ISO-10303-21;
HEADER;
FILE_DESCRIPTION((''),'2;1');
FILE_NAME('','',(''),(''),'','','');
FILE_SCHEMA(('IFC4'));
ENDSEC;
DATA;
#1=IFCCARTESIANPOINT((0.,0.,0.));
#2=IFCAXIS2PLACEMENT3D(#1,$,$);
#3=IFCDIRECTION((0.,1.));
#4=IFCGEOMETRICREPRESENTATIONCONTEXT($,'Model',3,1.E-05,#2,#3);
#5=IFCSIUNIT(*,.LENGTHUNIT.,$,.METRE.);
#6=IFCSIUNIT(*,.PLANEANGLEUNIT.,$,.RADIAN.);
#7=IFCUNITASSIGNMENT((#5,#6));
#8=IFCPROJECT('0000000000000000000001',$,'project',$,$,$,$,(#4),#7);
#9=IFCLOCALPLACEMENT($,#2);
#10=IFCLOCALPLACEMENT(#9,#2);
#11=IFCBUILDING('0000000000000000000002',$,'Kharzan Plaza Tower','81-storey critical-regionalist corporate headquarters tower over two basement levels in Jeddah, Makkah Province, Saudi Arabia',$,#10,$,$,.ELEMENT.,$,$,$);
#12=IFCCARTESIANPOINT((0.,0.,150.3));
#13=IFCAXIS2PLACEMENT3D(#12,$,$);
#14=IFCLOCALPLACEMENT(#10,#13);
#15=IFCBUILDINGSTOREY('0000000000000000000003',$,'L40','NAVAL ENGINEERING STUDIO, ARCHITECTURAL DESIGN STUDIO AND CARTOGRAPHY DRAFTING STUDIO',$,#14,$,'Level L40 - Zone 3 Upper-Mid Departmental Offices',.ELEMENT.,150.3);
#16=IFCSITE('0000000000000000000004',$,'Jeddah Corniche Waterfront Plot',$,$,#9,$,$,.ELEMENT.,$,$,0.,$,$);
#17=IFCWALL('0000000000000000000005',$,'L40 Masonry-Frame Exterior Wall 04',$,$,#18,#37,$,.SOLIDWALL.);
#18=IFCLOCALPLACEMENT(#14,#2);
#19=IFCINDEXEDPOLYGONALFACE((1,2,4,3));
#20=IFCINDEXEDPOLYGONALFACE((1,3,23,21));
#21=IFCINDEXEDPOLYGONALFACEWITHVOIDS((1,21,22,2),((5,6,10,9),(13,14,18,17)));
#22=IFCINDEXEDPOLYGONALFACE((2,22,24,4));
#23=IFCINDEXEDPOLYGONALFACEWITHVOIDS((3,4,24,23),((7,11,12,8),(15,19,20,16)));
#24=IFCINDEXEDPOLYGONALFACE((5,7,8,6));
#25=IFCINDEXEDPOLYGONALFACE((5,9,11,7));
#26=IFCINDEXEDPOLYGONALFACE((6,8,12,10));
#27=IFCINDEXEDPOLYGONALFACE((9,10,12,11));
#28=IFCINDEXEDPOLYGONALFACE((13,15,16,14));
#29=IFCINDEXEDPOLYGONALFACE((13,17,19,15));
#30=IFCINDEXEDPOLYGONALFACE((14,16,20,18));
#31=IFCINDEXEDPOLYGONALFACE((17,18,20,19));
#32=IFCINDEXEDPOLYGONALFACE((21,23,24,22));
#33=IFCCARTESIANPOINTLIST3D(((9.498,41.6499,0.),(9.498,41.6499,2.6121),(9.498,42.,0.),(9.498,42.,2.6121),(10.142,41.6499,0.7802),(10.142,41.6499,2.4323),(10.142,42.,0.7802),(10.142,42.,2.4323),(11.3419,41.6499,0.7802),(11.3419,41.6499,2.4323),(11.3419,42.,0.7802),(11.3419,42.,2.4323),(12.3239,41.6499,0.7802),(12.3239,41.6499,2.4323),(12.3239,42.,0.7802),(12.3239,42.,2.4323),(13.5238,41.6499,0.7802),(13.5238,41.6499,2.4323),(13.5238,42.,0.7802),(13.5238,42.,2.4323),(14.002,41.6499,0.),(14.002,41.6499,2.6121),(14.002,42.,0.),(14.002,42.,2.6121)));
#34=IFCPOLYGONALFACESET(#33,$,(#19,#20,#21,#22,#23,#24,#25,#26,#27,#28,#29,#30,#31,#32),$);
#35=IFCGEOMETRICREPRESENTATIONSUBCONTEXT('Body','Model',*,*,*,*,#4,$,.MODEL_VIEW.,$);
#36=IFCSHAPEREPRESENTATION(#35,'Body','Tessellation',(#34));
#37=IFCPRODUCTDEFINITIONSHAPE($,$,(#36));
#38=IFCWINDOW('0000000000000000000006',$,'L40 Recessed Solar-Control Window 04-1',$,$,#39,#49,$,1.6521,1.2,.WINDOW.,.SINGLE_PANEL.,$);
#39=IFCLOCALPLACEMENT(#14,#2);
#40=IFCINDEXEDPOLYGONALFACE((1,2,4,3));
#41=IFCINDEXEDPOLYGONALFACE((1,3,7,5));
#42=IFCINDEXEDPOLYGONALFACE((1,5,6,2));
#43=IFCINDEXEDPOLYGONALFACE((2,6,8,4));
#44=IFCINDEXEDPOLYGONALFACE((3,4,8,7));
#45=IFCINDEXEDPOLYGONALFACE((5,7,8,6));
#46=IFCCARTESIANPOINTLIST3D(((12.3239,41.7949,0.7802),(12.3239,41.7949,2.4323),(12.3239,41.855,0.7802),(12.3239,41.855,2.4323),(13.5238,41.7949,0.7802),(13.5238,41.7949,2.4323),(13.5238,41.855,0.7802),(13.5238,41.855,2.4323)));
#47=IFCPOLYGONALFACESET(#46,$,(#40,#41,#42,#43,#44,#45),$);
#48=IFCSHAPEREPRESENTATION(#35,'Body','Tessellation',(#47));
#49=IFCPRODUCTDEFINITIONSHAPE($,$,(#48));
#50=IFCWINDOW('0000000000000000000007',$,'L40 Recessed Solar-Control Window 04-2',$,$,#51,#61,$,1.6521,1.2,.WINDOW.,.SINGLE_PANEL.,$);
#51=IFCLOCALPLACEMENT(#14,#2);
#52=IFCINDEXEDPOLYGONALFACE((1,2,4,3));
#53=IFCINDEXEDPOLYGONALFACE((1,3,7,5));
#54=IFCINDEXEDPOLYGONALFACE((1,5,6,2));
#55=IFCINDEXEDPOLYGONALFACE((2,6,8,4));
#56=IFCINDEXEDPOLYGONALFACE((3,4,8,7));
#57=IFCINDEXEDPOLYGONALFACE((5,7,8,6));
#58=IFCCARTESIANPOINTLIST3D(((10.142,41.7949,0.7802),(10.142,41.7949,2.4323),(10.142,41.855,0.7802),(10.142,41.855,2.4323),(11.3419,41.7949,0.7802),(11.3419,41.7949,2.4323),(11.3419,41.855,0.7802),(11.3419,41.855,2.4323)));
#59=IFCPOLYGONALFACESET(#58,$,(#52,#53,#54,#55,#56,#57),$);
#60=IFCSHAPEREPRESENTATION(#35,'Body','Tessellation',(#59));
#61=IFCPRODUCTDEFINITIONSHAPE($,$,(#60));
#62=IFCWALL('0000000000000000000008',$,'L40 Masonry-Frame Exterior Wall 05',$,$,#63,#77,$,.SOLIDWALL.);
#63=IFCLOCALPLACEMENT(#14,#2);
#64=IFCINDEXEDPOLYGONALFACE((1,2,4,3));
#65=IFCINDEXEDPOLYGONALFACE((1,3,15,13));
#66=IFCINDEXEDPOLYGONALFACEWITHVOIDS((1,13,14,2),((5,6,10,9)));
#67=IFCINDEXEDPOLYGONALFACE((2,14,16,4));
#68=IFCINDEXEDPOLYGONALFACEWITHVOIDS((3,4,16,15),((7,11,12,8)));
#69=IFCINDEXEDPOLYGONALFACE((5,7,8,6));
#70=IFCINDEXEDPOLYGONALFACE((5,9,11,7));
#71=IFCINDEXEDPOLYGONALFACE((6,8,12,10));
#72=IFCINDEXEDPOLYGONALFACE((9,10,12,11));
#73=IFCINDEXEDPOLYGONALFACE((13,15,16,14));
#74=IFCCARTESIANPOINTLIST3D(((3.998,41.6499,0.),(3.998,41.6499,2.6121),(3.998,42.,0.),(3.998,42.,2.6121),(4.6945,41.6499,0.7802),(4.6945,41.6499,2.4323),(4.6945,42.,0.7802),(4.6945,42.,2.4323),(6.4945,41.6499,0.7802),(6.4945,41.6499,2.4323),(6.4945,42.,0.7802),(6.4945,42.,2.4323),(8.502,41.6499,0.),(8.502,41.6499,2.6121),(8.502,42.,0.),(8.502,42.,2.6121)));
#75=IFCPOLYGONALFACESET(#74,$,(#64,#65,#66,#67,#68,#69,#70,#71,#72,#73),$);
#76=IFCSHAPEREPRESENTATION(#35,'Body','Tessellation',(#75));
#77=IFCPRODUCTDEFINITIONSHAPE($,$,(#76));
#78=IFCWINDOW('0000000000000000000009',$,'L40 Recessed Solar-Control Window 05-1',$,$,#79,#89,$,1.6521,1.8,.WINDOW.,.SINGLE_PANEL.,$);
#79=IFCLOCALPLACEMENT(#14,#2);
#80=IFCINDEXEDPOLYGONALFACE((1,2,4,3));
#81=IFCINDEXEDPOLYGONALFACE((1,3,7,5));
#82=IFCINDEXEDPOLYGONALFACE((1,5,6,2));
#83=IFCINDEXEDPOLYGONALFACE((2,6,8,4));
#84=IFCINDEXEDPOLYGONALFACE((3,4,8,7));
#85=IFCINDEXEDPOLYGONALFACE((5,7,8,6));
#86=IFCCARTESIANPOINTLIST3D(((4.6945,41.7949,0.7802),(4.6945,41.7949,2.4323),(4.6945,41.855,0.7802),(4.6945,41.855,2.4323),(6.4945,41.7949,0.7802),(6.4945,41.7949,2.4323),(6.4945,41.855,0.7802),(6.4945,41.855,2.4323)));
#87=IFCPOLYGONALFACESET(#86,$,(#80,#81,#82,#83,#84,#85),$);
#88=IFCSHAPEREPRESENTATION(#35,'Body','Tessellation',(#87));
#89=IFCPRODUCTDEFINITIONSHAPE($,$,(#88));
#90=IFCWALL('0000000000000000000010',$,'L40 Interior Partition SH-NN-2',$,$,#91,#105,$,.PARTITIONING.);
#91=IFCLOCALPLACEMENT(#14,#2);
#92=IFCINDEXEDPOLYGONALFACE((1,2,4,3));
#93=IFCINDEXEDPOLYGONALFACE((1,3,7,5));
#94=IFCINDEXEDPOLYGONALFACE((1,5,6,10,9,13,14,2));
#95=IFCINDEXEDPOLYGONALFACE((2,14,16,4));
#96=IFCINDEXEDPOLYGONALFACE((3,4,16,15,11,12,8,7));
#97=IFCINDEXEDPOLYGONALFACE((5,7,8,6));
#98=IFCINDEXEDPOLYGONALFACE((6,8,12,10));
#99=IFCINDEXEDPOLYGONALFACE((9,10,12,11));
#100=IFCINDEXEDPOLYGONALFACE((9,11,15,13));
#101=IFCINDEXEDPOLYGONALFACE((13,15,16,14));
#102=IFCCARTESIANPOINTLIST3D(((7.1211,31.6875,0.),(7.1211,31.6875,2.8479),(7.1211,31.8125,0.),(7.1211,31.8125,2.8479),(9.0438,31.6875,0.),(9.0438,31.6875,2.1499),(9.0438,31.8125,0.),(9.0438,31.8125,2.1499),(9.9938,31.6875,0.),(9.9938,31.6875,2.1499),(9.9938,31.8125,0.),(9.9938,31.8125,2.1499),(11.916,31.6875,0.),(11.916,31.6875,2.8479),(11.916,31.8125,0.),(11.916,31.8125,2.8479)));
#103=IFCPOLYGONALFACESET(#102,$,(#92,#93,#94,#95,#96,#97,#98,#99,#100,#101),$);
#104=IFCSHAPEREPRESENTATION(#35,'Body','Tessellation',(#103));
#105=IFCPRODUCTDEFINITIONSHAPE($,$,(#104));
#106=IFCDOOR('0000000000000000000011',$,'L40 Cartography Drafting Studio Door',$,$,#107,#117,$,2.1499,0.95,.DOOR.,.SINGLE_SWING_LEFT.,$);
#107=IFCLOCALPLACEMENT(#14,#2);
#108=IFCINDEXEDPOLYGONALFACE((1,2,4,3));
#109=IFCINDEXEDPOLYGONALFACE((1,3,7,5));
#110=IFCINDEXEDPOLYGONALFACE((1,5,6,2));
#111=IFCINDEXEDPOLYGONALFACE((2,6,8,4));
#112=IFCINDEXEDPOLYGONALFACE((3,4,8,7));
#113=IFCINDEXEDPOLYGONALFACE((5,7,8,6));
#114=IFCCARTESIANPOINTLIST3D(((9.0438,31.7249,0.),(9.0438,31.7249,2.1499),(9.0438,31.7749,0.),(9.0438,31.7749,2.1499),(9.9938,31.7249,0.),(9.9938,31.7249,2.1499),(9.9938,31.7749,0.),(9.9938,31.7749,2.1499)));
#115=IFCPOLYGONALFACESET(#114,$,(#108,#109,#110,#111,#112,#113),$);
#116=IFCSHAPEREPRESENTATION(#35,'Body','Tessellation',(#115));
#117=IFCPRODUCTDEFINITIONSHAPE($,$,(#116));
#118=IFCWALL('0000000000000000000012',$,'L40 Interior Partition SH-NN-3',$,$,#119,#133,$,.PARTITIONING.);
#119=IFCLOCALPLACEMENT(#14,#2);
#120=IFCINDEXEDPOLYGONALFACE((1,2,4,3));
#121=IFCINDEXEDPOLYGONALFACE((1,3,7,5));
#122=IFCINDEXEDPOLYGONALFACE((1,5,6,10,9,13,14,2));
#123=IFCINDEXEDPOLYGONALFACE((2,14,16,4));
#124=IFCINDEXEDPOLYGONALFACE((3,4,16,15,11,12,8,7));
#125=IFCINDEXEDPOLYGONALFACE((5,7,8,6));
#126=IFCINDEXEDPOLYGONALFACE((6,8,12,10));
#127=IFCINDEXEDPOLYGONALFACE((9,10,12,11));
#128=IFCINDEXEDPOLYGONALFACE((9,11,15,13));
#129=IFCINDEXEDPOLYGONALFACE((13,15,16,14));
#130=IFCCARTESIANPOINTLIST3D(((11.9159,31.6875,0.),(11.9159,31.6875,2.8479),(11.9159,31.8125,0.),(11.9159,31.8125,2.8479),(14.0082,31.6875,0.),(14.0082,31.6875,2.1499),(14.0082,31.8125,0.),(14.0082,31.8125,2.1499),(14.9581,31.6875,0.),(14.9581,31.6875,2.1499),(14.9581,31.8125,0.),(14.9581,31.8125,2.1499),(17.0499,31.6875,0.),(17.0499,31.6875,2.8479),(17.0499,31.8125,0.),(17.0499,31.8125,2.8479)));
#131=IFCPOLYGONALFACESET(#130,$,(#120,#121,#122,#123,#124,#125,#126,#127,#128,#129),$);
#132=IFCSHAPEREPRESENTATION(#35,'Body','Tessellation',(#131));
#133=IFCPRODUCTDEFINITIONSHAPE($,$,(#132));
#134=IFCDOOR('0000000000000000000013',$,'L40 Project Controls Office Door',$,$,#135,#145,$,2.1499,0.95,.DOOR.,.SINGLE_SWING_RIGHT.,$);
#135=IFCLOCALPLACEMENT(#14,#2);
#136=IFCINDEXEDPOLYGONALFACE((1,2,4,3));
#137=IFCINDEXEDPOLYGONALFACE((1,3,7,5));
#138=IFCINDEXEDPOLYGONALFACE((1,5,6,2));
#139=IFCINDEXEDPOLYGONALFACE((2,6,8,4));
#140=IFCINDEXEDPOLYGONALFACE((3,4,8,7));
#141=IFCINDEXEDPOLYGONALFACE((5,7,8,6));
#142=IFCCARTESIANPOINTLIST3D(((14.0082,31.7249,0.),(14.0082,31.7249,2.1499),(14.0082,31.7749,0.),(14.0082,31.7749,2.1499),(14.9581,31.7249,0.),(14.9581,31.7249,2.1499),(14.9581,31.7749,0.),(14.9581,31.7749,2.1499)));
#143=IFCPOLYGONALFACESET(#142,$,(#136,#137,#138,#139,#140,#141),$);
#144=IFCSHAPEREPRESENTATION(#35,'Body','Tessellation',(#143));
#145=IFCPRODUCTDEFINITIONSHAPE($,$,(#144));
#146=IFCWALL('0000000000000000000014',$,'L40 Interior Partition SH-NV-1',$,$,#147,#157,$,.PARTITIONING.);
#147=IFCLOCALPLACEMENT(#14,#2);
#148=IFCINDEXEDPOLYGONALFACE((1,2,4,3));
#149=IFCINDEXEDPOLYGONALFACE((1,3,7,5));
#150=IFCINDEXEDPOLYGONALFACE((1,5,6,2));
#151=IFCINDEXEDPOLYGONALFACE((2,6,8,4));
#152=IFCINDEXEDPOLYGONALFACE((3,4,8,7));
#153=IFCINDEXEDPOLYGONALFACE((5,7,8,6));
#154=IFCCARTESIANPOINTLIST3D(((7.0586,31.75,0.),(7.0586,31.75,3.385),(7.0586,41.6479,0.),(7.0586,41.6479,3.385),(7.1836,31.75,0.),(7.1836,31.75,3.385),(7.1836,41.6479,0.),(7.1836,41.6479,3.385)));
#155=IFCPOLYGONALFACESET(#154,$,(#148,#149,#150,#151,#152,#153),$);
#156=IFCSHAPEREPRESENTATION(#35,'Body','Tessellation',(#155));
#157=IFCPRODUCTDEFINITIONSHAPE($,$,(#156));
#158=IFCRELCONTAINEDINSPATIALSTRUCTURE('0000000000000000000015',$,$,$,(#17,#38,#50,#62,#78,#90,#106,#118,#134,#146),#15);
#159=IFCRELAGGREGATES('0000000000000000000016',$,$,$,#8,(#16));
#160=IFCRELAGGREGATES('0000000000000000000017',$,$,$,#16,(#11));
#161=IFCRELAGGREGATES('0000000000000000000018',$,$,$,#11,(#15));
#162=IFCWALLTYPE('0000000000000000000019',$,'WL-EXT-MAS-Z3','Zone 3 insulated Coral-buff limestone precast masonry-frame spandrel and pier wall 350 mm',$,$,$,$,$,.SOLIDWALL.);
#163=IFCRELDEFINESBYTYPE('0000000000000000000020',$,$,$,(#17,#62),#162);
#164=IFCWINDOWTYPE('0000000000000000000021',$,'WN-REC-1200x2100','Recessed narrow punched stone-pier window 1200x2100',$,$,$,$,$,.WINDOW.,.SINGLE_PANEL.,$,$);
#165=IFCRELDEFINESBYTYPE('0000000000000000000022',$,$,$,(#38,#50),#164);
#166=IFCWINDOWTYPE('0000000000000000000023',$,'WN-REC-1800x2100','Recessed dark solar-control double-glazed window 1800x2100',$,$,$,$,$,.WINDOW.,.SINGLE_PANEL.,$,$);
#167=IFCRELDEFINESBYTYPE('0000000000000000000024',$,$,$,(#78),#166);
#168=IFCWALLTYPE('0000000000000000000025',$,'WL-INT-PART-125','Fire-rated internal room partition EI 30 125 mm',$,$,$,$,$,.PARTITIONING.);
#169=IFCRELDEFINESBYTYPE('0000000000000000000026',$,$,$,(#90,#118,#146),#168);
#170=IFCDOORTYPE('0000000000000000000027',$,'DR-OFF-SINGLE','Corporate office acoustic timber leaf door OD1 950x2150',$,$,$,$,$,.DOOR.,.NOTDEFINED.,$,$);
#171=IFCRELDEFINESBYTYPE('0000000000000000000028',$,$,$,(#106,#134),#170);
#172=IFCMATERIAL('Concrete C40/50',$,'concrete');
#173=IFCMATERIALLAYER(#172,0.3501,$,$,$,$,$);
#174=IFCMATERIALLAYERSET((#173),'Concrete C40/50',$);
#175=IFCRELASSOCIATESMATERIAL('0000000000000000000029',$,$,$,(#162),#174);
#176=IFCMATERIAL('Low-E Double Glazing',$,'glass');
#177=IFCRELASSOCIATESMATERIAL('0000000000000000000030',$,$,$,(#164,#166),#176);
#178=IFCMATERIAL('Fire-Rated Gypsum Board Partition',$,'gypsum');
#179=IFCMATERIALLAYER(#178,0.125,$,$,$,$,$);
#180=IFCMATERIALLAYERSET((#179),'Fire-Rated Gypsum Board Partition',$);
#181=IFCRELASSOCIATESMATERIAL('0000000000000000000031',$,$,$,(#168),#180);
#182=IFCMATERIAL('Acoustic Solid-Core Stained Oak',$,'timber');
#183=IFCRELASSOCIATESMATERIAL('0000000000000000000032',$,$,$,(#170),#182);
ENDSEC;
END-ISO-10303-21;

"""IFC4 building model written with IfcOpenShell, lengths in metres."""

from ifc_helpers import new_model, si_unit, direction, frame, frame_2d, origin, place, context, subcontext, project, spatial, rectangle, extrude, source, transform, mapped, material, layer, layer_set, type_object, element, fill, save


model = new_model("IFC4")

# Units and contexts
model_context = context("Model", 3, precision=1e-05, world=origin(), true_north=direction((0.0, 1.0)))
body_context = subcontext(model_context, "Body", "Model", "MODEL_VIEW")
ifc_project = project(units=[si_unit("LENGTHUNIT", "METRE"), si_unit("PLANEANGLEUNIT", "RADIAN")], contexts=[model_context])

# Site, building, storey
site_placement = place(None, origin())
site = spatial("IfcSite", under=ifc_project, at=site_placement, Name="Jeddah Corniche Waterfront Plot", CompositionType="ELEMENT", RefElevation=0.0)
building_placement = place(site_placement, origin())
building = spatial("IfcBuilding", under=site, at=building_placement, Name="Kharzan Plaza Tower", Description="81-storey critical-regionalist corporate headquarters tower over two basement levels in Jeddah, Makkah Province, Saudi Arabia", CompositionType="ELEMENT")
storey_placement = place(building_placement, frame((0.0, 0.0, 150.3)))
storey = spatial("IfcBuildingStorey", under=building, at=storey_placement, Name="L40", Description="NAVAL ENGINEERING STUDIO, ARCHITECTURAL DESIGN STUDIO AND CARTOGRAPHY DRAFTING STUDIO", LongName="Level L40 - Zone 3 Upper-Mid Departmental Offices", CompositionType="ELEMENT", Elevation=150.3)

# Shared definitions
ifc_material_1 = material(Name="Concrete C40/50", Category="concrete")
ifc_layer_1 = layer(ifc_material_1, 0.3501)
ifc_layer_set_1 = layer_set([ifc_layer_1], Name="Concrete C40/50")
wall_type_1 = type_object("IfcWallType", Name="WL-EXT-MAS-Z3", Description="Zone 3 insulated Coral-buff limestone precast masonry-frame spandrel and pier wall 350 mm", PredefinedType="SOLIDWALL", material=ifc_layer_set_1)
ifc_material_2 = material(Name="Low-E Double Glazing", Category="glass")
window_type_1 = type_object("IfcWindowType", Name="WN-REC-1200x2100", Description="Recessed narrow punched stone-pier window 1200x2100", PartitioningType="SINGLE_PANEL", PredefinedType="WINDOW", material=ifc_material_2)

# Wall, openings, windows
wall_1_placement = place(storey_placement, frame((14.002, 41.825, 0.0), z_axis=(0.0, 0.0, 1.0), x_axis=(-1.0, 0.0, 0.0)))
wall_1 = element("IfcWall", 1, at=wall_1_placement, inside=storey, type_object=wall_type_1, Name="L40 Masonry-Frame Exterior Wall 04", PredefinedType="SOLIDWALL", context=body_context, shape_type="SweptSolid", body=[
    extrude(rectangle(XDim=4.5039, YDim=0.3501, at=frame_2d((2.252, 0.0))), origin(), (0.0, 0.0, 1.0), 2.6121),
])
opening_1_placement = place(wall_1_placement, frame((0.478, 0.0, 0.78)))
opening_1 = element("IfcOpeningElement", 2, at=opening_1_placement, cuts=wall_1, PredefinedType="OPENING", context=body_context, shape_type="SweptSolid", body=[
    extrude(rectangle(XDim=1.2, YDim=1.6521, at=frame_2d((0.6001, 0.8262))), frame((0.0, 0.1851, 0.0), z_axis=(0.0, -1.0, 0.0), x_axis=(1.0, 0.0, 0.0)), (0.0, 0.0, 1.0), 0.3701),
])
opening_2_placement = place(wall_1_placement, frame((2.6599, 0.0, 0.78)))
opening_2 = element("IfcOpeningElement", 3, at=opening_2_placement, cuts=wall_1, PredefinedType="OPENING", context=body_context, shape_type="SweptSolid", body=[
    extrude(rectangle(XDim=1.2, YDim=1.6521, at=frame_2d((0.6001, 0.8262))), frame((0.0, 0.1851, 0.0), z_axis=(0.0, -1.0, 0.0), x_axis=(1.0, 0.0, 0.0)), (0.0, 0.0, 1.0), 0.3701),
])
shared_shape_1 = source(origin(), body_context, "Body", "SweptSolid", [
    extrude(rectangle(XDim=1.2, YDim=1.6521, at=frame_2d((0.6001, 0.8262))), frame((0.0, 0.03, 0.0), z_axis=(0.0, -1.0, 0.0), x_axis=(1.0, 0.0, 0.0)), (0.0, 0.0, 1.0), 0.0601),
])
window_1_placement = place(opening_1_placement, origin())
window_1 = element("IfcWindow", 4, at=window_1_placement, inside=storey, type_object=window_type_1, Name="L40 Recessed Solar-Control Window 04-1", OverallHeight=1.6521, OverallWidth=1.2, PartitioningType="SINGLE_PANEL", PredefinedType="WINDOW", context=body_context, shape_type="MappedRepresentation", body=[
    mapped(shared_shape_1, transform((0.0, 0.0, 0.0), x_axis=(1.0, 0.0, 0.0), y_axis=(0.0, 1.0, 0.0), z_axis=(0.0, 0.0, 1.0))),
])
fill(opening_1, window_1)
window_2_placement = place(opening_2_placement, origin())
window_2 = element("IfcWindow", 5, at=window_2_placement, inside=storey, type_object=window_type_1, Name="L40 Recessed Solar-Control Window 04-2", OverallHeight=1.6521, OverallWidth=1.2, PartitioningType="SINGLE_PANEL", PredefinedType="WINDOW", context=body_context, shape_type="MappedRepresentation", body=[
    mapped(shared_shape_1, transform((0.0, 0.0, 0.0), x_axis=(1.0, 0.0, 0.0), y_axis=(0.0, 1.0, 0.0), z_axis=(0.0, 0.0, 1.0))),
])
fill(opening_2, window_2)

# Wall, opening, window
wall_2_placement = place(storey_placement, frame((8.502, 41.825, 0.0), z_axis=(0.0, 0.0, 1.0), x_axis=(-1.0, 0.0, 0.0)))
wall_2 = element("IfcWall", 6, at=wall_2_placement, inside=storey, type_object=wall_type_1, Name="L40 Masonry-Frame Exterior Wall 05", PredefinedType="SOLIDWALL", context=body_context, shape_type="SweptSolid", body=[
    extrude(rectangle(XDim=4.5039, YDim=0.3501, at=frame_2d((2.252, 0.0))), origin(), (0.0, 0.0, 1.0), 2.6121),
])
opening_3_placement = place(wall_2_placement, frame((2.0076, 0.0, 0.78)))
opening_3 = element("IfcOpeningElement", 7, at=opening_3_placement, cuts=wall_2, PredefinedType="OPENING", context=body_context, shape_type="SweptSolid", body=[
    extrude(rectangle(XDim=1.8, YDim=1.6521, at=frame_2d((0.8999, 0.8262))), frame((0.0, 0.1851, 0.0), z_axis=(0.0, -1.0, 0.0), x_axis=(1.0, 0.0, 0.0)), (0.0, 0.0, 1.0), 0.3701),
])
window_type_2 = type_object("IfcWindowType", Name="WN-REC-1800x2100", Description="Recessed dark solar-control double-glazed window 1800x2100", PartitioningType="SINGLE_PANEL", PredefinedType="WINDOW", material=ifc_material_2)
shared_shape_2 = source(origin(), body_context, "Body", "SweptSolid", [
    extrude(rectangle(XDim=1.8, YDim=1.6521, at=frame_2d((0.8999, 0.8262))), frame((0.0, 0.03, 0.0), z_axis=(0.0, -1.0, 0.0), x_axis=(1.0, 0.0, 0.0)), (0.0, 0.0, 1.0), 0.0601),
])
window_3_placement = place(opening_3_placement, origin())
window_3 = element("IfcWindow", 8, at=window_3_placement, inside=storey, type_object=window_type_2, Name="L40 Recessed Solar-Control Window 05-1", OverallHeight=1.6521, OverallWidth=1.8, PartitioningType="SINGLE_PANEL", PredefinedType="WINDOW", context=body_context, shape_type="MappedRepresentation", body=[
    mapped(shared_shape_2, transform((0.0, 0.0, 0.0), x_axis=(1.0, 0.0, 0.0), y_axis=(0.0, 1.0, 0.0), z_axis=(0.0, 0.0, 1.0))),
])
fill(opening_3, window_3)

# Walls, openings, doors
ifc_material_3 = material(Name="Fire-Rated Gypsum Board Partition", Category="gypsum")
ifc_layer_2 = layer(ifc_material_3, 0.125)
ifc_layer_set_2 = layer_set([ifc_layer_2], Name="Fire-Rated Gypsum Board Partition")
wall_type_2 = type_object("IfcWallType", Name="WL-INT-PART-125", Description="Fire-rated internal room partition EI 30 125 mm", PredefinedType="PARTITIONING", material=ifc_layer_set_2)
wall_3_placement = place(storey_placement, frame((7.1211, 31.75, 0.0), z_axis=(0.0, 0.0, 1.0), x_axis=(1.0, 0.0, 0.0)))
wall_3 = element("IfcWall", 9, at=wall_3_placement, inside=storey, type_object=wall_type_2, Name="L40 Interior Partition SH-NN-2", PredefinedType="PARTITIONING", context=body_context, shape_type="SweptSolid", body=[
    extrude(rectangle(XDim=4.7949, YDim=0.125, at=frame_2d((2.3975, 0.0))), origin(), (0.0, 0.0, 1.0), 2.8479),
])
opening_4_placement = place(wall_3_placement, frame((1.9226, 0.0, 0.0)))
opening_4 = element("IfcOpeningElement", 10, at=opening_4_placement, cuts=wall_3, PredefinedType="OPENING", context=body_context, shape_type="SweptSolid", body=[
    extrude(rectangle(XDim=0.95, YDim=2.1499, at=frame_2d((0.4751, 1.075))), frame((0.0, 0.0725, 0.0), z_axis=(0.0, -1.0, 0.0), x_axis=(1.0, 0.0, 0.0)), (0.0, 0.0, 1.0), 0.145),
])
ifc_material_4 = material(Name="Acoustic Solid-Core Stained Oak", Category="timber")
door_type = type_object("IfcDoorType", Name="DR-OFF-SINGLE", Description="Corporate office acoustic timber leaf door OD1 950x2150", OperationType="NOTDEFINED", PredefinedType="DOOR", material=ifc_material_4)
shared_shape_3 = source(origin(), body_context, "Body", "SweptSolid", [
    extrude(rectangle(XDim=0.95, YDim=2.1499, at=frame_2d((0.4751, 1.075))), frame((0.0, 0.0249, 0.0), z_axis=(0.0, -1.0, 0.0), x_axis=(1.0, 0.0, 0.0)), (0.0, 0.0, 1.0), 0.05),
])
door_1_placement = place(opening_4_placement, origin())
door_1 = element("IfcDoor", 11, at=door_1_placement, inside=storey, type_object=door_type, Name="L40 Cartography Drafting Studio Door", OperationType="SINGLE_SWING_LEFT", OverallHeight=2.1499, OverallWidth=0.95, PredefinedType="DOOR", context=body_context, shape_type="MappedRepresentation", body=[
    mapped(shared_shape_3, transform((0.0, 0.0, 0.0), x_axis=(1.0, 0.0, 0.0), y_axis=(0.0, 1.0, 0.0), z_axis=(0.0, 0.0, 1.0))),
])
fill(opening_4, door_1)
wall_4_placement = place(storey_placement, frame((11.916, 31.75, 0.0), z_axis=(0.0, 0.0, 1.0), x_axis=(1.0, 0.0, 0.0)))
wall_4 = element("IfcWall", 12, at=wall_4_placement, inside=storey, type_object=wall_type_2, Name="L40 Interior Partition SH-NN-3", PredefinedType="PARTITIONING", context=body_context, shape_type="SweptSolid", body=[
    extrude(rectangle(XDim=5.134, YDim=0.125, at=frame_2d((2.5669, 0.0))), origin(), (0.0, 0.0, 1.0), 2.8479),
])
opening_5_placement = place(wall_4_placement, frame((2.092, 0.0, 0.0)))
opening_5 = element("IfcOpeningElement", 13, at=opening_5_placement, cuts=wall_4, PredefinedType="OPENING", context=body_context, shape_type="SweptSolid", body=[
    extrude(rectangle(XDim=0.95, YDim=2.1499, at=frame_2d((0.4751, 1.075))), frame((0.0, 0.0725, 0.0), z_axis=(0.0, -1.0, 0.0), x_axis=(1.0, 0.0, 0.0)), (0.0, 0.0, 1.0), 0.145),
])
door_2_placement = place(opening_5_placement, origin())
door_2 = element("IfcDoor", 14, at=door_2_placement, inside=storey, type_object=door_type, Name="L40 Project Controls Office Door", OperationType="SINGLE_SWING_RIGHT", OverallHeight=2.1499, OverallWidth=0.95, PredefinedType="DOOR", context=body_context, shape_type="MappedRepresentation", body=[
    mapped(shared_shape_3, transform((0.0, 0.0, 0.0), x_axis=(1.0, 0.0, 0.0), y_axis=(0.0, 1.0, 0.0), z_axis=(0.0, 0.0, 1.0))),
])
fill(opening_5, door_2)

# Wall
shared_shape_4 = source(origin(), body_context, "Body", "SweptSolid", [
    extrude(rectangle(XDim=9.8979, YDim=0.125, at=frame_2d((4.949, 0.0))), origin(), (0.0, 0.0, 1.0), 3.385),
])
for number, where, z_axis, x_axis, name in (
    (15, (7.1211, 31.75, 0.0), (0.0, 0.0, 1.0), (0.0, 1.0, 0.0), "L40 Interior Partition SH-NV-1"),
):
    element("IfcWall", number, at=place(storey_placement, frame(where, z_axis=z_axis, x_axis=x_axis)), inside=storey, type_object=wall_type_2, Name=name, PredefinedType="PARTITIONING", context=body_context, shape_type="MappedRepresentation", body=[
        mapped(shared_shape_4, transform((0.0, 0.0, 0.0), x_axis=(1.0, 0.0, 0.0), y_axis=(0.0, 1.0, 0.0), z_axis=(0.0, 0.0, 1.0))),
    ])

save(model, "model.ifc")
